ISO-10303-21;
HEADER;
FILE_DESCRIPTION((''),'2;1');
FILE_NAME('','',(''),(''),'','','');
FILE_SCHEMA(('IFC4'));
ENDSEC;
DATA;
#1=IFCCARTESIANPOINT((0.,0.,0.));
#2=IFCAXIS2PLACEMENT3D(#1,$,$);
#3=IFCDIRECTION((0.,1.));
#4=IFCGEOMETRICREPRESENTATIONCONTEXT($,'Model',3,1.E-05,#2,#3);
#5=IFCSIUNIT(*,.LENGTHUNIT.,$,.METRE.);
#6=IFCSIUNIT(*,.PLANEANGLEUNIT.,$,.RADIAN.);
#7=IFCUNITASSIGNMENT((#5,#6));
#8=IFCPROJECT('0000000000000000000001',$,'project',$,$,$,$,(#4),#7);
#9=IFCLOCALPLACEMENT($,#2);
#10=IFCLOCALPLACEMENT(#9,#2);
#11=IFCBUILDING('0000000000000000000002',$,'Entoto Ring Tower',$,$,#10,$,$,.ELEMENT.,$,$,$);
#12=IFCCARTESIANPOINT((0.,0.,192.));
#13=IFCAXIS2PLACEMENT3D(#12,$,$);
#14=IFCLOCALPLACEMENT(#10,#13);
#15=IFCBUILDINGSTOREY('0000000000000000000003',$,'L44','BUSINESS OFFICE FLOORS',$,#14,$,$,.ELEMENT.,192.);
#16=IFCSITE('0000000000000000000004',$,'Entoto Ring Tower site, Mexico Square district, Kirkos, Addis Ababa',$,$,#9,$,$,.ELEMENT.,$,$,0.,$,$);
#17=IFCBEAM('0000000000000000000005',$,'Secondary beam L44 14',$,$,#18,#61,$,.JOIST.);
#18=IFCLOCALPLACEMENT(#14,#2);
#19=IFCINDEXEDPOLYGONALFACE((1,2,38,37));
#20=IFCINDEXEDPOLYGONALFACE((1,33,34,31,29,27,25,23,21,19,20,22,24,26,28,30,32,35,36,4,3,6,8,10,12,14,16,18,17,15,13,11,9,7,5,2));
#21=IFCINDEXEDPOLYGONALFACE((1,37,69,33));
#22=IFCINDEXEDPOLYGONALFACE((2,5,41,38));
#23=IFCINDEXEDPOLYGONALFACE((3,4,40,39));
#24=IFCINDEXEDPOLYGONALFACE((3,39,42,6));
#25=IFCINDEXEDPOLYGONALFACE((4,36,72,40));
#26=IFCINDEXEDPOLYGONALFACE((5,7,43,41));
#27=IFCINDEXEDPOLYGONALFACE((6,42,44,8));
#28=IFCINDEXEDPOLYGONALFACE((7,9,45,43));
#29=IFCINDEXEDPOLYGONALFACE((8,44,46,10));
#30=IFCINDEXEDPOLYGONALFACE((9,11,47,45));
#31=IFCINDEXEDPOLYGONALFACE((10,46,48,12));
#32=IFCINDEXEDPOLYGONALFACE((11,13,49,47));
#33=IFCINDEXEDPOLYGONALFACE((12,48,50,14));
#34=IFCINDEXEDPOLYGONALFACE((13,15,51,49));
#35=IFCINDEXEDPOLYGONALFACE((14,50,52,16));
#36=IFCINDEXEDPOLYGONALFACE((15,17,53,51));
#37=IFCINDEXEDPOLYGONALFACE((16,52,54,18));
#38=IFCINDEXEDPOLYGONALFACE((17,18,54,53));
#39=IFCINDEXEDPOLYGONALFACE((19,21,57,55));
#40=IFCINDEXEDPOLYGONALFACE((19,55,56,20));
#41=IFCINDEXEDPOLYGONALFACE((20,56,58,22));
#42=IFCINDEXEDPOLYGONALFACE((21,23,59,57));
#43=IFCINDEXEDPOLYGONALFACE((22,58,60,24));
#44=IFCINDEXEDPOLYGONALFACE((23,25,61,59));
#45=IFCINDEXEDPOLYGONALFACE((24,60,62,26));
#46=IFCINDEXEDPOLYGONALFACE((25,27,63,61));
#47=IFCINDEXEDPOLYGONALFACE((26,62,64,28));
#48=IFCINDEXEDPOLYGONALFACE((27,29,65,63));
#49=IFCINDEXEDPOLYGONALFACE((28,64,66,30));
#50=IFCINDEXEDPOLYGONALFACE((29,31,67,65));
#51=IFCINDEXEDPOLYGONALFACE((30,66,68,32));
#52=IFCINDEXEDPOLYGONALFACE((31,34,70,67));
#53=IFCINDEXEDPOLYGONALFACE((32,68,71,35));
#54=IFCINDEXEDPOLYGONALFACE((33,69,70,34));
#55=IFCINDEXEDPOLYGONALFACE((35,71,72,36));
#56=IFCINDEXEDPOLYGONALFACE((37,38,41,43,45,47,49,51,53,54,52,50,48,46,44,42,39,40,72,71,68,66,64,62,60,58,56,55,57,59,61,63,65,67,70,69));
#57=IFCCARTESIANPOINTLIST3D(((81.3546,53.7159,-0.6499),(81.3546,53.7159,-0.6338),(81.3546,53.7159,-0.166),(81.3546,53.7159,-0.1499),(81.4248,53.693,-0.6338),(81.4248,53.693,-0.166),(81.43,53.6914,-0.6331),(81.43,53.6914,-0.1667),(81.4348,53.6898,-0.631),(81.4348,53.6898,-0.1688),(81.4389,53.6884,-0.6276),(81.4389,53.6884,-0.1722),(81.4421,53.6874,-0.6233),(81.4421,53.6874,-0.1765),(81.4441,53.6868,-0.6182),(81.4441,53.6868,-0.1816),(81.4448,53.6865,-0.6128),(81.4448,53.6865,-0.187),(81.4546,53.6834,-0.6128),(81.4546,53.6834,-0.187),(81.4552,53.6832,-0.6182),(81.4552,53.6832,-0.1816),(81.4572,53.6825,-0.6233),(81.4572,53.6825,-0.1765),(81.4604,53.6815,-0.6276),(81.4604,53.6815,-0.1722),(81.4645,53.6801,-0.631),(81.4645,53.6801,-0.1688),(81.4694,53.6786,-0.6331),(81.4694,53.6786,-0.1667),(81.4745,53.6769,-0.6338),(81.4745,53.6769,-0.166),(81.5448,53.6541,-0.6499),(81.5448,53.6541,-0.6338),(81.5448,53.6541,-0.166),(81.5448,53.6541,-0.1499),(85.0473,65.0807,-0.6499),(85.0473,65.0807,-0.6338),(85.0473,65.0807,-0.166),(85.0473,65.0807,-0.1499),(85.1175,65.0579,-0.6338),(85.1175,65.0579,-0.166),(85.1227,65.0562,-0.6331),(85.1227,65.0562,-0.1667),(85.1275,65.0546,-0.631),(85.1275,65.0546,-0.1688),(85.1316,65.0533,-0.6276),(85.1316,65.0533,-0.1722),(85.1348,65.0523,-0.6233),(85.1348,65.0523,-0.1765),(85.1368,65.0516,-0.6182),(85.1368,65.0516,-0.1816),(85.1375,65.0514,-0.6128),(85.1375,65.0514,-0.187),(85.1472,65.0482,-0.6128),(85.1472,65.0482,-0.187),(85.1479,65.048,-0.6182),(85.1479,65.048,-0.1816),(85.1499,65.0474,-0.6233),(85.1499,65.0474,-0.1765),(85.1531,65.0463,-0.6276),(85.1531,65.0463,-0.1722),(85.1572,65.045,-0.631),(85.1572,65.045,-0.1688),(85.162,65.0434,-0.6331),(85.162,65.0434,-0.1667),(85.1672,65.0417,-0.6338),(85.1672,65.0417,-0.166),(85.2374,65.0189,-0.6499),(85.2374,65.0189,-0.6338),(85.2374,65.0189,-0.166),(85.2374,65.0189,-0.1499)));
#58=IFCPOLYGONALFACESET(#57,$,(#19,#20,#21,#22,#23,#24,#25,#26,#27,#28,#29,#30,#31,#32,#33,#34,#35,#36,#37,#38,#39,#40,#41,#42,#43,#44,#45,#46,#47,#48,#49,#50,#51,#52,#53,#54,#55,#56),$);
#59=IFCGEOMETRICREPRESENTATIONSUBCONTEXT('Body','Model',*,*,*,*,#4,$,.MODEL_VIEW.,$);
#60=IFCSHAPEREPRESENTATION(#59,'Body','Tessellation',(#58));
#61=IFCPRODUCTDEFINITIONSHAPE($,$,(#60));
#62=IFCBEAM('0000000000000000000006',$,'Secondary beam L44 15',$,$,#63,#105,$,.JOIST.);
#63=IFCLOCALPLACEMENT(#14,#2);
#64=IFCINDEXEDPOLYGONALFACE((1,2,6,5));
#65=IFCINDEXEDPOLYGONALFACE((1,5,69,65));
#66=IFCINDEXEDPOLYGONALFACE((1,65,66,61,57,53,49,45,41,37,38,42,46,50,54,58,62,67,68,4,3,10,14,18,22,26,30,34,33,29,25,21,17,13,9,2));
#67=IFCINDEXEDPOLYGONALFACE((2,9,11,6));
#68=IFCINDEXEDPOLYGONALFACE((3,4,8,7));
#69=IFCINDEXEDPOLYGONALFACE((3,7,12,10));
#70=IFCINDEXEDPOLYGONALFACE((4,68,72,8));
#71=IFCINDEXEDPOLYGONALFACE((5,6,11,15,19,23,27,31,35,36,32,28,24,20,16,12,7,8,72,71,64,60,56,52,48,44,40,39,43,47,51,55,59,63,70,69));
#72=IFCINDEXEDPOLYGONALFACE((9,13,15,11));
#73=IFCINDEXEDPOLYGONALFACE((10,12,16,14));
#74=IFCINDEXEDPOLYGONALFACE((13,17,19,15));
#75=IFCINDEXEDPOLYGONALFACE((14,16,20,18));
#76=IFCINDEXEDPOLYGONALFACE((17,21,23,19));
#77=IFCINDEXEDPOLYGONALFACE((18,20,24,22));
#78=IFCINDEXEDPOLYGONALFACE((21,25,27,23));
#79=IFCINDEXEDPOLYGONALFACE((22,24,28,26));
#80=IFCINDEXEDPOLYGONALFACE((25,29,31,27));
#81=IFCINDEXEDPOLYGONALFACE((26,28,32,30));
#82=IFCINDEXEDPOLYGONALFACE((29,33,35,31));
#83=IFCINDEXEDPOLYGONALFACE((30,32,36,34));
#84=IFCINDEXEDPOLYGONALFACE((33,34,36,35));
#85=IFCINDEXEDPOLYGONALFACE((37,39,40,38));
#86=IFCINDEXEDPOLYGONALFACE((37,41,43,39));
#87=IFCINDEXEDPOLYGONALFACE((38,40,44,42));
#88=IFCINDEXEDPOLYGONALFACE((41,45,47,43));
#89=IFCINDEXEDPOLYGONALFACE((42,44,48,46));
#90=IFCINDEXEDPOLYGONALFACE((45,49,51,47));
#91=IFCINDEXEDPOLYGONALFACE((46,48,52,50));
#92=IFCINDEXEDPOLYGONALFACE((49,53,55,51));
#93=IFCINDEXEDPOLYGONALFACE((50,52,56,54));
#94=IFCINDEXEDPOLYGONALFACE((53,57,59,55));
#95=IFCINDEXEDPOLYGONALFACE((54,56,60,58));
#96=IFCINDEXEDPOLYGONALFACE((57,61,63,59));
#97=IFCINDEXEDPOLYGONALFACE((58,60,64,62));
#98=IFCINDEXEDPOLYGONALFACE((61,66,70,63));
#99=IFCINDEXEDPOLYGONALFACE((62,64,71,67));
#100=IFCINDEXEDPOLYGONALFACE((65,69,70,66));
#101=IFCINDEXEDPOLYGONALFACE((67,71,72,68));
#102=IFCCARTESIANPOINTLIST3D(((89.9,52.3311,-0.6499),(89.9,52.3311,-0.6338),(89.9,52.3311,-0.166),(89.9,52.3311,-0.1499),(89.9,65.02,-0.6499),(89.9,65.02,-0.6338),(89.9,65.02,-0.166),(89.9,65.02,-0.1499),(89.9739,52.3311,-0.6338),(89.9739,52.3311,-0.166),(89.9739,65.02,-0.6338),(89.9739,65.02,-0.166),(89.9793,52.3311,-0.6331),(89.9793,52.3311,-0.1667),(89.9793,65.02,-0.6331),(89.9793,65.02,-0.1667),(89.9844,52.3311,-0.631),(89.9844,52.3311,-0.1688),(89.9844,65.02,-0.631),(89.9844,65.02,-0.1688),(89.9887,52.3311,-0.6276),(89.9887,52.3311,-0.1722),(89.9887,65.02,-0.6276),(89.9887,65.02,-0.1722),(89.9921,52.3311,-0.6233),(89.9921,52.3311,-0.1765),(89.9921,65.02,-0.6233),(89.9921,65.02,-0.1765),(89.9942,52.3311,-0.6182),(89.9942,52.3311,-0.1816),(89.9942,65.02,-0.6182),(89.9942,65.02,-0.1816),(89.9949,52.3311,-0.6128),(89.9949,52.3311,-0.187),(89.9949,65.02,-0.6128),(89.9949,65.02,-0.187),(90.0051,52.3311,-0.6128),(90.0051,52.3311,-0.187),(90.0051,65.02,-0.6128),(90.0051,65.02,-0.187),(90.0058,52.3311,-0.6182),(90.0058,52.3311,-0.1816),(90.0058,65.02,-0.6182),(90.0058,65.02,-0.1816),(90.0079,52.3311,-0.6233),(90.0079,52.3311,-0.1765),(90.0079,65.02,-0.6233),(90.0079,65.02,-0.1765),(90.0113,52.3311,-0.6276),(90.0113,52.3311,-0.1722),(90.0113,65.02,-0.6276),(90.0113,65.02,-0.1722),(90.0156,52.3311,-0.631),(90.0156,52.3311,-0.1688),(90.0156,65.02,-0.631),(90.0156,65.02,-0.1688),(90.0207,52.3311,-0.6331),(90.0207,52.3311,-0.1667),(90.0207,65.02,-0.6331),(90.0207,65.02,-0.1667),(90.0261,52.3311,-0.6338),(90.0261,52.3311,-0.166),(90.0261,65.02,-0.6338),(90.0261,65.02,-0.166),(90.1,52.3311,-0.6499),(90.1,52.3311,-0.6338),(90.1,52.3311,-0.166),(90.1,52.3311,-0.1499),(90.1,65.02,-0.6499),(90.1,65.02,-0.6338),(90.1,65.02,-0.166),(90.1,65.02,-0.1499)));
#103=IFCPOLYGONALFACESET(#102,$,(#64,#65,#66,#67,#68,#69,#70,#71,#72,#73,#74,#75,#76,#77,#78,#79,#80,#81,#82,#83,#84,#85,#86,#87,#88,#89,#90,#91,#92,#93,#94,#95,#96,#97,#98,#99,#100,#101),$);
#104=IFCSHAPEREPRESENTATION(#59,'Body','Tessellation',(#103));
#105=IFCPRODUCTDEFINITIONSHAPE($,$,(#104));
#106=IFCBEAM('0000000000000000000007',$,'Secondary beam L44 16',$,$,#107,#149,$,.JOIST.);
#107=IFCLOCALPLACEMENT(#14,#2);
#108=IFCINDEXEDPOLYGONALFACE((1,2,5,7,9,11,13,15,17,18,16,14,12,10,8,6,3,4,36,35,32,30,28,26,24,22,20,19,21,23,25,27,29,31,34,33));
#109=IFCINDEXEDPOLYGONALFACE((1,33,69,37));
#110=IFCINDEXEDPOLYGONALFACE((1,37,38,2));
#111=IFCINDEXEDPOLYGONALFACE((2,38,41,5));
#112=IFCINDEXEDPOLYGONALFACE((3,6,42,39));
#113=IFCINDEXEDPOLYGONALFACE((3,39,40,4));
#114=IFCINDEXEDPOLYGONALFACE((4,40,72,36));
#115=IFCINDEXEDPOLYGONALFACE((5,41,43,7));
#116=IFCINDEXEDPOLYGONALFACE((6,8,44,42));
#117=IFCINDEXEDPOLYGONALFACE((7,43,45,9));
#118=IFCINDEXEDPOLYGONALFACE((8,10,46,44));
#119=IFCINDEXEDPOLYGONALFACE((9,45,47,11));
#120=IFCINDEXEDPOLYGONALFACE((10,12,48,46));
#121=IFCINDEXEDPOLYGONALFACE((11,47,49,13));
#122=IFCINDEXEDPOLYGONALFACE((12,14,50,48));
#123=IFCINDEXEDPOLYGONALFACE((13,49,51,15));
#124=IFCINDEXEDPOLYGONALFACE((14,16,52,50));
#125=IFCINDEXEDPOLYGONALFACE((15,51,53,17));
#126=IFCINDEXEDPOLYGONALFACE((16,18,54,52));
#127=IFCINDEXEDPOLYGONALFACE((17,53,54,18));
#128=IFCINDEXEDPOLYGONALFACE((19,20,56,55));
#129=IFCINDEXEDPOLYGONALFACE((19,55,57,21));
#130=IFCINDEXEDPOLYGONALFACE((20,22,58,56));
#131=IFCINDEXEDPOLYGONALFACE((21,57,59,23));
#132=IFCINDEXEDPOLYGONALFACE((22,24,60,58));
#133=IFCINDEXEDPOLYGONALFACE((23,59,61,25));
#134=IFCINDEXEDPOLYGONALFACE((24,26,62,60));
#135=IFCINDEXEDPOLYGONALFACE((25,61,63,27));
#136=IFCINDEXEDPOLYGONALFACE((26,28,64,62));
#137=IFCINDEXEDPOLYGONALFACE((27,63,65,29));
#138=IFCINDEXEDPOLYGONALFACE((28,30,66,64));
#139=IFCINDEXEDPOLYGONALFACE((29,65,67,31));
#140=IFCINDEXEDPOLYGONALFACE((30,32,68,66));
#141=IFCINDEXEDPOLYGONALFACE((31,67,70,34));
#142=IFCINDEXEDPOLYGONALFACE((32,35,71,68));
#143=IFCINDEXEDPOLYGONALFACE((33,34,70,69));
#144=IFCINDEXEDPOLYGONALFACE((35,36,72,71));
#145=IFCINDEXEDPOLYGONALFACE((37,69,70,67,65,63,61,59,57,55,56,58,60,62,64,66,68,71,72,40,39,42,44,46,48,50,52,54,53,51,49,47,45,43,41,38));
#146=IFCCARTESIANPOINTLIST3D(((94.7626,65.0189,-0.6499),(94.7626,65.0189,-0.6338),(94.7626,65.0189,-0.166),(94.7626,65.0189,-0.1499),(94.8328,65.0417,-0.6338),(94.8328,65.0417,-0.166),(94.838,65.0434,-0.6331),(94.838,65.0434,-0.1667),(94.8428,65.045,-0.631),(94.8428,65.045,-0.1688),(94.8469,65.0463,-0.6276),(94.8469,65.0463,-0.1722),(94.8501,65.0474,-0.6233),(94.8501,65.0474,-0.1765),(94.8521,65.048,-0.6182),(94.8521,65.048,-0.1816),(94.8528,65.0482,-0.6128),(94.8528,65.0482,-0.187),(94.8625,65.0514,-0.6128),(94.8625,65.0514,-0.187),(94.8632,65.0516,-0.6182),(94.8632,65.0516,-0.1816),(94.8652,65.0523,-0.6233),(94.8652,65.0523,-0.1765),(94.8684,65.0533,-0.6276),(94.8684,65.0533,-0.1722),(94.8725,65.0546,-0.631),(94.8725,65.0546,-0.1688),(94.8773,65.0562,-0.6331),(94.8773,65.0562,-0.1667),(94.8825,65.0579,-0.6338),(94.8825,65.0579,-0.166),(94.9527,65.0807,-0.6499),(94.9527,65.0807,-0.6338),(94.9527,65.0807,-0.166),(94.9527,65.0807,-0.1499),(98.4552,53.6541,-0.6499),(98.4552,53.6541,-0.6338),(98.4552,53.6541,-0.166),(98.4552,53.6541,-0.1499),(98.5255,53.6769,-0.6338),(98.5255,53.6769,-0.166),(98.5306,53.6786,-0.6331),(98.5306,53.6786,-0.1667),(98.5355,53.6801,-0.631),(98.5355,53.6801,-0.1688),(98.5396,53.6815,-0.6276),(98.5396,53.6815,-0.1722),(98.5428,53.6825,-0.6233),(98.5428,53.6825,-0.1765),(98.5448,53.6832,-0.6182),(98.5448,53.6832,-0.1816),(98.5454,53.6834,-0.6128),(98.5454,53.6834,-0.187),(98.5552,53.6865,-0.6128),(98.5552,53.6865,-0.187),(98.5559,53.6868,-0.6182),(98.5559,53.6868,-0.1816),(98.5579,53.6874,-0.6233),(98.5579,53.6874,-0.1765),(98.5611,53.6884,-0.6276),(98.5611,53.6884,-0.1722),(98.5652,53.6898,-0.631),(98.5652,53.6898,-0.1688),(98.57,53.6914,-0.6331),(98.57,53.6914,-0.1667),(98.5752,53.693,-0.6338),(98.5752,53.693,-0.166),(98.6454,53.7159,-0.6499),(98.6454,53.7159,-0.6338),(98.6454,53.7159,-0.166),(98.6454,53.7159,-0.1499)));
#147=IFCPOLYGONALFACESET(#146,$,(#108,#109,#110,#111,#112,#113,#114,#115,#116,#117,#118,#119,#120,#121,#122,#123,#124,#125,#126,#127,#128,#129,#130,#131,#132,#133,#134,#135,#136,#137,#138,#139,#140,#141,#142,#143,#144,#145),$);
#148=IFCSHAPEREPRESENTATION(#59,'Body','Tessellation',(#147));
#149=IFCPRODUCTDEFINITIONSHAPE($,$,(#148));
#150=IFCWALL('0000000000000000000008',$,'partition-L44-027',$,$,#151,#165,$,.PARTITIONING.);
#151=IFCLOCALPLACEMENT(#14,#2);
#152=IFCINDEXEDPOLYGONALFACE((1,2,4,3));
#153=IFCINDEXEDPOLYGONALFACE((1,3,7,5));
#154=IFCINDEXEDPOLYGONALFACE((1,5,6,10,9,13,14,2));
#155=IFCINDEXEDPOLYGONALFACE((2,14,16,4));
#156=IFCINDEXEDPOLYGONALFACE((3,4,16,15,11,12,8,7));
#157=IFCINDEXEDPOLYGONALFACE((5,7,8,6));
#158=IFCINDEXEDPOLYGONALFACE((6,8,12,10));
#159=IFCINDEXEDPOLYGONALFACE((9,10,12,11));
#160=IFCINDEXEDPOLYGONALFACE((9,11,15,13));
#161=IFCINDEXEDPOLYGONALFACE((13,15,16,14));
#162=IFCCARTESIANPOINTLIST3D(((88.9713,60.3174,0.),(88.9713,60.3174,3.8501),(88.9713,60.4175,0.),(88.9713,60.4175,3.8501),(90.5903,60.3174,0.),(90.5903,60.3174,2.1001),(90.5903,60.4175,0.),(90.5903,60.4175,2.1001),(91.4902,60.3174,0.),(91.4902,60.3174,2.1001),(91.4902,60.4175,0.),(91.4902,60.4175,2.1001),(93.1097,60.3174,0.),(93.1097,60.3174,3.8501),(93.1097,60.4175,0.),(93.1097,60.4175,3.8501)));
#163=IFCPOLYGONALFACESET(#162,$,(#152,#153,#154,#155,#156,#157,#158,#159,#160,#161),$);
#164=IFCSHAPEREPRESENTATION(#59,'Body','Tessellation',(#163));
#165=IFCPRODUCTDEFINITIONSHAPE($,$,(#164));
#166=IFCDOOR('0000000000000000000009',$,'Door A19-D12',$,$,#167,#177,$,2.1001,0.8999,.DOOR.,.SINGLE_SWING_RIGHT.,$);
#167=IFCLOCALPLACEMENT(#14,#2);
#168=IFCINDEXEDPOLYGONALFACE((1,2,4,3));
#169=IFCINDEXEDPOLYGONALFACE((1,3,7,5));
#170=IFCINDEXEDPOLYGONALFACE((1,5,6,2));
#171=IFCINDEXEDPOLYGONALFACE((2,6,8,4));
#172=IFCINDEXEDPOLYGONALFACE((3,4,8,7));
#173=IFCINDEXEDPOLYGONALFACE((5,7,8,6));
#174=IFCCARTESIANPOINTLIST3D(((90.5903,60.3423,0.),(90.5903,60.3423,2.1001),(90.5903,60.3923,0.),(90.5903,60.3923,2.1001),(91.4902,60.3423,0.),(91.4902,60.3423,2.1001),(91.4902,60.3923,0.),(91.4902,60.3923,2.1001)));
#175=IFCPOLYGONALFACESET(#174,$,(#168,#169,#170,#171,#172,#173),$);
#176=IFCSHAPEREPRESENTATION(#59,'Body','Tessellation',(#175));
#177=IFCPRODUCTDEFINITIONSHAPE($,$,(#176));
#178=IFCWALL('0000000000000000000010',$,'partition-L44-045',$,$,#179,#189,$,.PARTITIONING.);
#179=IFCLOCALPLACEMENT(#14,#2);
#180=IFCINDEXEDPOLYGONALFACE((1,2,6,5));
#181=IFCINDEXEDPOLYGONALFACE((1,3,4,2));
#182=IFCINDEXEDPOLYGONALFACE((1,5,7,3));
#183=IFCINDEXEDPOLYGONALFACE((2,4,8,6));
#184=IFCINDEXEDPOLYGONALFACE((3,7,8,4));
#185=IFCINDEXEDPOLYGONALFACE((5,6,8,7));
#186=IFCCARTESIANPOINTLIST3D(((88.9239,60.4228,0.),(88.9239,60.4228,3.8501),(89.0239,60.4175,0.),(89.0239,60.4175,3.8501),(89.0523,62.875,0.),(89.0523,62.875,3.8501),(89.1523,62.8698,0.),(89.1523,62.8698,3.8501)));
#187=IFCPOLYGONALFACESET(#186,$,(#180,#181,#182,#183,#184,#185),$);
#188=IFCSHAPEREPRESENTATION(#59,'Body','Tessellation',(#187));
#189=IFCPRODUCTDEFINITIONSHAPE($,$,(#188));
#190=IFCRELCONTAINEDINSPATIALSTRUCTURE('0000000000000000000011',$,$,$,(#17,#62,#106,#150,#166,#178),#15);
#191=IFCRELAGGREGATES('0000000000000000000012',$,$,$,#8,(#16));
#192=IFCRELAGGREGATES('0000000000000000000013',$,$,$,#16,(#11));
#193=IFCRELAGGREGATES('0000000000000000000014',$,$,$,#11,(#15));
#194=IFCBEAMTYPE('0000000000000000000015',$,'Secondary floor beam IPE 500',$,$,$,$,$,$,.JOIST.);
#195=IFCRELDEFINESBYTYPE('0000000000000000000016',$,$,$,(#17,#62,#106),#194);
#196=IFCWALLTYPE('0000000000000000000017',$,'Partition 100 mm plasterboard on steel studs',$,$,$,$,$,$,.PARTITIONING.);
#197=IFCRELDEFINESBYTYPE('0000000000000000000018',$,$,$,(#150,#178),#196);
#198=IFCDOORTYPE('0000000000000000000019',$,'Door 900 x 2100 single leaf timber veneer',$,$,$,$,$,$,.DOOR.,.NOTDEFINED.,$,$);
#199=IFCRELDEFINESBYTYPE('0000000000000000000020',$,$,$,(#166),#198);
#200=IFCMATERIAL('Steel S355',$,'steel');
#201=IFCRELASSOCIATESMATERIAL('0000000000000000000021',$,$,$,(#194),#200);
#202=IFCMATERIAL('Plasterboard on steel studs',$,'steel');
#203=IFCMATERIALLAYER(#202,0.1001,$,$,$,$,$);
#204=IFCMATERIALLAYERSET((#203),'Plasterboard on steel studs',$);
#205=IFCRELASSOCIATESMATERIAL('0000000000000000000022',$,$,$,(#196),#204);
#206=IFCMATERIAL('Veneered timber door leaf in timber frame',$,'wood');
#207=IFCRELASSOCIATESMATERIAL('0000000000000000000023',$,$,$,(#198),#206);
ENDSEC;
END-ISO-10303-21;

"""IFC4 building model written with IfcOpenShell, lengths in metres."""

from ifc_helpers import new_model, si_unit, direction, frame, frame_2d, origin, origin_2d, place, context, subcontext, project, spatial, rectangle, i_section, extrude, material, layer, layer_set, material_profile, profile_set, type_object, element, fill, save


model = new_model("IFC4")

# Units and contexts
model_context = context("Model", 3, precision=1e-05, world=origin(), true_north=direction((0.0, 1.0)))
body_context = subcontext(model_context, "Body", "Model", "MODEL_VIEW")
ifc_project = project(units=[si_unit("LENGTHUNIT", "METRE"), si_unit("PLANEANGLEUNIT", "RADIAN")], contexts=[model_context])

# Site, building, storey
site_placement = place(None, origin())
site = spatial("IfcSite", under=ifc_project, at=site_placement, Name="Entoto Ring Tower site, Mexico Square district, Kirkos, Addis Ababa", CompositionType="ELEMENT", RefElevation=0.0)
building_placement = place(site_placement, origin())
building = spatial("IfcBuilding", under=site, at=building_placement, Name="Entoto Ring Tower", CompositionType="ELEMENT")
storey_placement = place(building_placement, frame((0.0, 0.0, 192.0)))
storey = spatial("IfcBuildingStorey", under=building, at=storey_placement, Name="L44", Description="BUSINESS OFFICE FLOORS", CompositionType="ELEMENT", Elevation=192.0)

# Beams
ifc_material_1 = material(Name="Steel S355", Category="steel")
ifc_material_profile_1 = material_profile(ifc_material_1, i_section(OverallWidth=0.2, OverallDepth=0.5, WebThickness=0.0103, FlangeThickness=0.0161, FilletRadius=0.021, at=origin_2d()), Name="IPE 500")
ifc_profile_set_1 = profile_set([ifc_material_profile_1], Name="Steel S355")
beam_type_1 = type_object("IfcBeamType", Name="Secondary floor beam IPE 500", PredefinedType="JOIST", material=ifc_profile_set_1)
beam_1_placement = place(storey_placement, frame((85.1423, 65.0498, -0.3999), z_axis=(-0.309017, -0.951057, 0.0), x_axis=(0.951057, -0.309017, 0.0)))
element("IfcBeam", 1, at=beam_1_placement, inside=storey, type_object=beam_type_1, Name="Secondary beam L44 14", PredefinedType="JOIST", context=body_context, shape_type="SweptSolid", body=[
    extrude(i_section(OverallWidth=0.2, OverallDepth=0.5, WebThickness=0.0103, FlangeThickness=0.0161, FilletRadius=0.021, at=origin_2d()), origin(), (0.0, 0.0, 1.0), 11.9497),
])
beam_2_placement = place(storey_placement, frame((90.0, 65.02, -0.3999), z_axis=(0.0, -1.0, 0.0), x_axis=(1.0, 0.0, 0.0)))
element("IfcBeam", 2, at=beam_2_placement, inside=storey, type_object=beam_type_1, Name="Secondary beam L44 15", PredefinedType="JOIST", context=body_context, shape_type="SweptSolid", body=[
    extrude(i_section(OverallWidth=0.2, OverallDepth=0.5, WebThickness=0.0103, FlangeThickness=0.0161, FilletRadius=0.021, at=origin_2d()), origin(), (0.0, 0.0, 1.0), 12.689),
])
beam_3_placement = place(storey_placement, frame((94.8577, 65.0498, -0.3999), z_axis=(0.309017, -0.951057, 0.0), x_axis=(0.951057, 0.309017, 0.0)))
element("IfcBeam", 3, at=beam_3_placement, inside=storey, type_object=beam_type_1, Name="Secondary beam L44 16", PredefinedType="JOIST", context=body_context, shape_type="SweptSolid", body=[
    extrude(i_section(OverallWidth=0.2, OverallDepth=0.5, WebThickness=0.0103, FlangeThickness=0.0161, FilletRadius=0.021, at=origin_2d()), origin(), (0.0, 0.0, 1.0), 11.9497),
])

# Wall, opening, door
ifc_material_2 = material(Name="Plasterboard on steel studs", Category="steel")
ifc_layer_1 = layer(ifc_material_2, 0.1001)
ifc_layer_set_1 = layer_set([ifc_layer_1], Name="Plasterboard on steel studs")
wall_type_1 = type_object("IfcWallType", Name="Partition 100 mm plasterboard on steel studs", PredefinedType="PARTITIONING", material=ifc_layer_set_1)
wall_1_placement = place(storey_placement, frame((88.9712, 60.3674, 0.0), z_axis=(0.0, 0.0, 1.0), x_axis=(1.0, 0.0, 0.0)))
wall_1 = element("IfcWall", 4, at=wall_1_placement, inside=storey, type_object=wall_type_1, Name="partition-L44-027", PredefinedType="PARTITIONING", context=body_context, shape_type="SweptSolid", body=[
    extrude(rectangle(XDim=4.1384, YDim=0.1001, at=frame_2d((2.0693, 0.0))), origin(), (0.0, 0.0, 1.0), 3.8501),
])
opening_placement = place(wall_1_placement, frame((1.6191, 0.0, 0.0)))
opening = element("IfcOpeningElement", 5, at=opening_placement, cuts=wall_1, PredefinedType="OPENING", context=body_context, shape_type="SweptSolid", body=[
    extrude(rectangle(XDim=0.8999, YDim=2.1001, at=frame_2d((0.45, 1.05))), frame((0.0, 0.0601, 0.0), z_axis=(0.0, -1.0, 0.0), x_axis=(1.0, 0.0, 0.0)), (0.0, 0.0, 1.0), 0.1201),
])
ifc_material_3 = material(Name="Veneered timber door leaf in timber frame", Category="wood")
door_type = type_object("IfcDoorType", Name="Door 900 x 2100 single leaf timber veneer", OperationType="NOTDEFINED", PredefinedType="DOOR", material=ifc_material_3)
door_placement = place(opening_placement, origin())
door = element("IfcDoor", 6, at=door_placement, inside=storey, type_object=door_type, Name="Door A19-D12", OperationType="SINGLE_SWING_RIGHT", OverallHeight=2.1001, OverallWidth=0.8999, PredefinedType="DOOR", context=body_context, shape_type="SweptSolid", body=[
    extrude(rectangle(XDim=0.8999, YDim=2.1001, at=frame_2d((0.45, 1.05))), frame((0.0, 0.0249, 0.0), z_axis=(0.0, -1.0, 0.0), x_axis=(1.0, 0.0, 0.0)), (0.0, 0.0, 1.0), 0.05),
])
fill(opening, door)

# Wall
wall_2_placement = place(storey_placement, frame((88.9739, 60.4202, 0.0), z_axis=(0.0, 0.0, 1.0), x_axis=(0.052298, 0.998632, 0.0)))
element("IfcWall", 7, at=wall_2_placement, inside=storey, type_object=wall_type_1, Name="partition-L44-045", PredefinedType="PARTITIONING", context=body_context, shape_type="SweptSolid", body=[
    extrude(rectangle(XDim=2.4556, YDim=0.1001, at=frame_2d((1.2278, 0.0))), origin(), (0.0, 0.0, 1.0), 3.8501),
])

save(model, "model.ifc")
